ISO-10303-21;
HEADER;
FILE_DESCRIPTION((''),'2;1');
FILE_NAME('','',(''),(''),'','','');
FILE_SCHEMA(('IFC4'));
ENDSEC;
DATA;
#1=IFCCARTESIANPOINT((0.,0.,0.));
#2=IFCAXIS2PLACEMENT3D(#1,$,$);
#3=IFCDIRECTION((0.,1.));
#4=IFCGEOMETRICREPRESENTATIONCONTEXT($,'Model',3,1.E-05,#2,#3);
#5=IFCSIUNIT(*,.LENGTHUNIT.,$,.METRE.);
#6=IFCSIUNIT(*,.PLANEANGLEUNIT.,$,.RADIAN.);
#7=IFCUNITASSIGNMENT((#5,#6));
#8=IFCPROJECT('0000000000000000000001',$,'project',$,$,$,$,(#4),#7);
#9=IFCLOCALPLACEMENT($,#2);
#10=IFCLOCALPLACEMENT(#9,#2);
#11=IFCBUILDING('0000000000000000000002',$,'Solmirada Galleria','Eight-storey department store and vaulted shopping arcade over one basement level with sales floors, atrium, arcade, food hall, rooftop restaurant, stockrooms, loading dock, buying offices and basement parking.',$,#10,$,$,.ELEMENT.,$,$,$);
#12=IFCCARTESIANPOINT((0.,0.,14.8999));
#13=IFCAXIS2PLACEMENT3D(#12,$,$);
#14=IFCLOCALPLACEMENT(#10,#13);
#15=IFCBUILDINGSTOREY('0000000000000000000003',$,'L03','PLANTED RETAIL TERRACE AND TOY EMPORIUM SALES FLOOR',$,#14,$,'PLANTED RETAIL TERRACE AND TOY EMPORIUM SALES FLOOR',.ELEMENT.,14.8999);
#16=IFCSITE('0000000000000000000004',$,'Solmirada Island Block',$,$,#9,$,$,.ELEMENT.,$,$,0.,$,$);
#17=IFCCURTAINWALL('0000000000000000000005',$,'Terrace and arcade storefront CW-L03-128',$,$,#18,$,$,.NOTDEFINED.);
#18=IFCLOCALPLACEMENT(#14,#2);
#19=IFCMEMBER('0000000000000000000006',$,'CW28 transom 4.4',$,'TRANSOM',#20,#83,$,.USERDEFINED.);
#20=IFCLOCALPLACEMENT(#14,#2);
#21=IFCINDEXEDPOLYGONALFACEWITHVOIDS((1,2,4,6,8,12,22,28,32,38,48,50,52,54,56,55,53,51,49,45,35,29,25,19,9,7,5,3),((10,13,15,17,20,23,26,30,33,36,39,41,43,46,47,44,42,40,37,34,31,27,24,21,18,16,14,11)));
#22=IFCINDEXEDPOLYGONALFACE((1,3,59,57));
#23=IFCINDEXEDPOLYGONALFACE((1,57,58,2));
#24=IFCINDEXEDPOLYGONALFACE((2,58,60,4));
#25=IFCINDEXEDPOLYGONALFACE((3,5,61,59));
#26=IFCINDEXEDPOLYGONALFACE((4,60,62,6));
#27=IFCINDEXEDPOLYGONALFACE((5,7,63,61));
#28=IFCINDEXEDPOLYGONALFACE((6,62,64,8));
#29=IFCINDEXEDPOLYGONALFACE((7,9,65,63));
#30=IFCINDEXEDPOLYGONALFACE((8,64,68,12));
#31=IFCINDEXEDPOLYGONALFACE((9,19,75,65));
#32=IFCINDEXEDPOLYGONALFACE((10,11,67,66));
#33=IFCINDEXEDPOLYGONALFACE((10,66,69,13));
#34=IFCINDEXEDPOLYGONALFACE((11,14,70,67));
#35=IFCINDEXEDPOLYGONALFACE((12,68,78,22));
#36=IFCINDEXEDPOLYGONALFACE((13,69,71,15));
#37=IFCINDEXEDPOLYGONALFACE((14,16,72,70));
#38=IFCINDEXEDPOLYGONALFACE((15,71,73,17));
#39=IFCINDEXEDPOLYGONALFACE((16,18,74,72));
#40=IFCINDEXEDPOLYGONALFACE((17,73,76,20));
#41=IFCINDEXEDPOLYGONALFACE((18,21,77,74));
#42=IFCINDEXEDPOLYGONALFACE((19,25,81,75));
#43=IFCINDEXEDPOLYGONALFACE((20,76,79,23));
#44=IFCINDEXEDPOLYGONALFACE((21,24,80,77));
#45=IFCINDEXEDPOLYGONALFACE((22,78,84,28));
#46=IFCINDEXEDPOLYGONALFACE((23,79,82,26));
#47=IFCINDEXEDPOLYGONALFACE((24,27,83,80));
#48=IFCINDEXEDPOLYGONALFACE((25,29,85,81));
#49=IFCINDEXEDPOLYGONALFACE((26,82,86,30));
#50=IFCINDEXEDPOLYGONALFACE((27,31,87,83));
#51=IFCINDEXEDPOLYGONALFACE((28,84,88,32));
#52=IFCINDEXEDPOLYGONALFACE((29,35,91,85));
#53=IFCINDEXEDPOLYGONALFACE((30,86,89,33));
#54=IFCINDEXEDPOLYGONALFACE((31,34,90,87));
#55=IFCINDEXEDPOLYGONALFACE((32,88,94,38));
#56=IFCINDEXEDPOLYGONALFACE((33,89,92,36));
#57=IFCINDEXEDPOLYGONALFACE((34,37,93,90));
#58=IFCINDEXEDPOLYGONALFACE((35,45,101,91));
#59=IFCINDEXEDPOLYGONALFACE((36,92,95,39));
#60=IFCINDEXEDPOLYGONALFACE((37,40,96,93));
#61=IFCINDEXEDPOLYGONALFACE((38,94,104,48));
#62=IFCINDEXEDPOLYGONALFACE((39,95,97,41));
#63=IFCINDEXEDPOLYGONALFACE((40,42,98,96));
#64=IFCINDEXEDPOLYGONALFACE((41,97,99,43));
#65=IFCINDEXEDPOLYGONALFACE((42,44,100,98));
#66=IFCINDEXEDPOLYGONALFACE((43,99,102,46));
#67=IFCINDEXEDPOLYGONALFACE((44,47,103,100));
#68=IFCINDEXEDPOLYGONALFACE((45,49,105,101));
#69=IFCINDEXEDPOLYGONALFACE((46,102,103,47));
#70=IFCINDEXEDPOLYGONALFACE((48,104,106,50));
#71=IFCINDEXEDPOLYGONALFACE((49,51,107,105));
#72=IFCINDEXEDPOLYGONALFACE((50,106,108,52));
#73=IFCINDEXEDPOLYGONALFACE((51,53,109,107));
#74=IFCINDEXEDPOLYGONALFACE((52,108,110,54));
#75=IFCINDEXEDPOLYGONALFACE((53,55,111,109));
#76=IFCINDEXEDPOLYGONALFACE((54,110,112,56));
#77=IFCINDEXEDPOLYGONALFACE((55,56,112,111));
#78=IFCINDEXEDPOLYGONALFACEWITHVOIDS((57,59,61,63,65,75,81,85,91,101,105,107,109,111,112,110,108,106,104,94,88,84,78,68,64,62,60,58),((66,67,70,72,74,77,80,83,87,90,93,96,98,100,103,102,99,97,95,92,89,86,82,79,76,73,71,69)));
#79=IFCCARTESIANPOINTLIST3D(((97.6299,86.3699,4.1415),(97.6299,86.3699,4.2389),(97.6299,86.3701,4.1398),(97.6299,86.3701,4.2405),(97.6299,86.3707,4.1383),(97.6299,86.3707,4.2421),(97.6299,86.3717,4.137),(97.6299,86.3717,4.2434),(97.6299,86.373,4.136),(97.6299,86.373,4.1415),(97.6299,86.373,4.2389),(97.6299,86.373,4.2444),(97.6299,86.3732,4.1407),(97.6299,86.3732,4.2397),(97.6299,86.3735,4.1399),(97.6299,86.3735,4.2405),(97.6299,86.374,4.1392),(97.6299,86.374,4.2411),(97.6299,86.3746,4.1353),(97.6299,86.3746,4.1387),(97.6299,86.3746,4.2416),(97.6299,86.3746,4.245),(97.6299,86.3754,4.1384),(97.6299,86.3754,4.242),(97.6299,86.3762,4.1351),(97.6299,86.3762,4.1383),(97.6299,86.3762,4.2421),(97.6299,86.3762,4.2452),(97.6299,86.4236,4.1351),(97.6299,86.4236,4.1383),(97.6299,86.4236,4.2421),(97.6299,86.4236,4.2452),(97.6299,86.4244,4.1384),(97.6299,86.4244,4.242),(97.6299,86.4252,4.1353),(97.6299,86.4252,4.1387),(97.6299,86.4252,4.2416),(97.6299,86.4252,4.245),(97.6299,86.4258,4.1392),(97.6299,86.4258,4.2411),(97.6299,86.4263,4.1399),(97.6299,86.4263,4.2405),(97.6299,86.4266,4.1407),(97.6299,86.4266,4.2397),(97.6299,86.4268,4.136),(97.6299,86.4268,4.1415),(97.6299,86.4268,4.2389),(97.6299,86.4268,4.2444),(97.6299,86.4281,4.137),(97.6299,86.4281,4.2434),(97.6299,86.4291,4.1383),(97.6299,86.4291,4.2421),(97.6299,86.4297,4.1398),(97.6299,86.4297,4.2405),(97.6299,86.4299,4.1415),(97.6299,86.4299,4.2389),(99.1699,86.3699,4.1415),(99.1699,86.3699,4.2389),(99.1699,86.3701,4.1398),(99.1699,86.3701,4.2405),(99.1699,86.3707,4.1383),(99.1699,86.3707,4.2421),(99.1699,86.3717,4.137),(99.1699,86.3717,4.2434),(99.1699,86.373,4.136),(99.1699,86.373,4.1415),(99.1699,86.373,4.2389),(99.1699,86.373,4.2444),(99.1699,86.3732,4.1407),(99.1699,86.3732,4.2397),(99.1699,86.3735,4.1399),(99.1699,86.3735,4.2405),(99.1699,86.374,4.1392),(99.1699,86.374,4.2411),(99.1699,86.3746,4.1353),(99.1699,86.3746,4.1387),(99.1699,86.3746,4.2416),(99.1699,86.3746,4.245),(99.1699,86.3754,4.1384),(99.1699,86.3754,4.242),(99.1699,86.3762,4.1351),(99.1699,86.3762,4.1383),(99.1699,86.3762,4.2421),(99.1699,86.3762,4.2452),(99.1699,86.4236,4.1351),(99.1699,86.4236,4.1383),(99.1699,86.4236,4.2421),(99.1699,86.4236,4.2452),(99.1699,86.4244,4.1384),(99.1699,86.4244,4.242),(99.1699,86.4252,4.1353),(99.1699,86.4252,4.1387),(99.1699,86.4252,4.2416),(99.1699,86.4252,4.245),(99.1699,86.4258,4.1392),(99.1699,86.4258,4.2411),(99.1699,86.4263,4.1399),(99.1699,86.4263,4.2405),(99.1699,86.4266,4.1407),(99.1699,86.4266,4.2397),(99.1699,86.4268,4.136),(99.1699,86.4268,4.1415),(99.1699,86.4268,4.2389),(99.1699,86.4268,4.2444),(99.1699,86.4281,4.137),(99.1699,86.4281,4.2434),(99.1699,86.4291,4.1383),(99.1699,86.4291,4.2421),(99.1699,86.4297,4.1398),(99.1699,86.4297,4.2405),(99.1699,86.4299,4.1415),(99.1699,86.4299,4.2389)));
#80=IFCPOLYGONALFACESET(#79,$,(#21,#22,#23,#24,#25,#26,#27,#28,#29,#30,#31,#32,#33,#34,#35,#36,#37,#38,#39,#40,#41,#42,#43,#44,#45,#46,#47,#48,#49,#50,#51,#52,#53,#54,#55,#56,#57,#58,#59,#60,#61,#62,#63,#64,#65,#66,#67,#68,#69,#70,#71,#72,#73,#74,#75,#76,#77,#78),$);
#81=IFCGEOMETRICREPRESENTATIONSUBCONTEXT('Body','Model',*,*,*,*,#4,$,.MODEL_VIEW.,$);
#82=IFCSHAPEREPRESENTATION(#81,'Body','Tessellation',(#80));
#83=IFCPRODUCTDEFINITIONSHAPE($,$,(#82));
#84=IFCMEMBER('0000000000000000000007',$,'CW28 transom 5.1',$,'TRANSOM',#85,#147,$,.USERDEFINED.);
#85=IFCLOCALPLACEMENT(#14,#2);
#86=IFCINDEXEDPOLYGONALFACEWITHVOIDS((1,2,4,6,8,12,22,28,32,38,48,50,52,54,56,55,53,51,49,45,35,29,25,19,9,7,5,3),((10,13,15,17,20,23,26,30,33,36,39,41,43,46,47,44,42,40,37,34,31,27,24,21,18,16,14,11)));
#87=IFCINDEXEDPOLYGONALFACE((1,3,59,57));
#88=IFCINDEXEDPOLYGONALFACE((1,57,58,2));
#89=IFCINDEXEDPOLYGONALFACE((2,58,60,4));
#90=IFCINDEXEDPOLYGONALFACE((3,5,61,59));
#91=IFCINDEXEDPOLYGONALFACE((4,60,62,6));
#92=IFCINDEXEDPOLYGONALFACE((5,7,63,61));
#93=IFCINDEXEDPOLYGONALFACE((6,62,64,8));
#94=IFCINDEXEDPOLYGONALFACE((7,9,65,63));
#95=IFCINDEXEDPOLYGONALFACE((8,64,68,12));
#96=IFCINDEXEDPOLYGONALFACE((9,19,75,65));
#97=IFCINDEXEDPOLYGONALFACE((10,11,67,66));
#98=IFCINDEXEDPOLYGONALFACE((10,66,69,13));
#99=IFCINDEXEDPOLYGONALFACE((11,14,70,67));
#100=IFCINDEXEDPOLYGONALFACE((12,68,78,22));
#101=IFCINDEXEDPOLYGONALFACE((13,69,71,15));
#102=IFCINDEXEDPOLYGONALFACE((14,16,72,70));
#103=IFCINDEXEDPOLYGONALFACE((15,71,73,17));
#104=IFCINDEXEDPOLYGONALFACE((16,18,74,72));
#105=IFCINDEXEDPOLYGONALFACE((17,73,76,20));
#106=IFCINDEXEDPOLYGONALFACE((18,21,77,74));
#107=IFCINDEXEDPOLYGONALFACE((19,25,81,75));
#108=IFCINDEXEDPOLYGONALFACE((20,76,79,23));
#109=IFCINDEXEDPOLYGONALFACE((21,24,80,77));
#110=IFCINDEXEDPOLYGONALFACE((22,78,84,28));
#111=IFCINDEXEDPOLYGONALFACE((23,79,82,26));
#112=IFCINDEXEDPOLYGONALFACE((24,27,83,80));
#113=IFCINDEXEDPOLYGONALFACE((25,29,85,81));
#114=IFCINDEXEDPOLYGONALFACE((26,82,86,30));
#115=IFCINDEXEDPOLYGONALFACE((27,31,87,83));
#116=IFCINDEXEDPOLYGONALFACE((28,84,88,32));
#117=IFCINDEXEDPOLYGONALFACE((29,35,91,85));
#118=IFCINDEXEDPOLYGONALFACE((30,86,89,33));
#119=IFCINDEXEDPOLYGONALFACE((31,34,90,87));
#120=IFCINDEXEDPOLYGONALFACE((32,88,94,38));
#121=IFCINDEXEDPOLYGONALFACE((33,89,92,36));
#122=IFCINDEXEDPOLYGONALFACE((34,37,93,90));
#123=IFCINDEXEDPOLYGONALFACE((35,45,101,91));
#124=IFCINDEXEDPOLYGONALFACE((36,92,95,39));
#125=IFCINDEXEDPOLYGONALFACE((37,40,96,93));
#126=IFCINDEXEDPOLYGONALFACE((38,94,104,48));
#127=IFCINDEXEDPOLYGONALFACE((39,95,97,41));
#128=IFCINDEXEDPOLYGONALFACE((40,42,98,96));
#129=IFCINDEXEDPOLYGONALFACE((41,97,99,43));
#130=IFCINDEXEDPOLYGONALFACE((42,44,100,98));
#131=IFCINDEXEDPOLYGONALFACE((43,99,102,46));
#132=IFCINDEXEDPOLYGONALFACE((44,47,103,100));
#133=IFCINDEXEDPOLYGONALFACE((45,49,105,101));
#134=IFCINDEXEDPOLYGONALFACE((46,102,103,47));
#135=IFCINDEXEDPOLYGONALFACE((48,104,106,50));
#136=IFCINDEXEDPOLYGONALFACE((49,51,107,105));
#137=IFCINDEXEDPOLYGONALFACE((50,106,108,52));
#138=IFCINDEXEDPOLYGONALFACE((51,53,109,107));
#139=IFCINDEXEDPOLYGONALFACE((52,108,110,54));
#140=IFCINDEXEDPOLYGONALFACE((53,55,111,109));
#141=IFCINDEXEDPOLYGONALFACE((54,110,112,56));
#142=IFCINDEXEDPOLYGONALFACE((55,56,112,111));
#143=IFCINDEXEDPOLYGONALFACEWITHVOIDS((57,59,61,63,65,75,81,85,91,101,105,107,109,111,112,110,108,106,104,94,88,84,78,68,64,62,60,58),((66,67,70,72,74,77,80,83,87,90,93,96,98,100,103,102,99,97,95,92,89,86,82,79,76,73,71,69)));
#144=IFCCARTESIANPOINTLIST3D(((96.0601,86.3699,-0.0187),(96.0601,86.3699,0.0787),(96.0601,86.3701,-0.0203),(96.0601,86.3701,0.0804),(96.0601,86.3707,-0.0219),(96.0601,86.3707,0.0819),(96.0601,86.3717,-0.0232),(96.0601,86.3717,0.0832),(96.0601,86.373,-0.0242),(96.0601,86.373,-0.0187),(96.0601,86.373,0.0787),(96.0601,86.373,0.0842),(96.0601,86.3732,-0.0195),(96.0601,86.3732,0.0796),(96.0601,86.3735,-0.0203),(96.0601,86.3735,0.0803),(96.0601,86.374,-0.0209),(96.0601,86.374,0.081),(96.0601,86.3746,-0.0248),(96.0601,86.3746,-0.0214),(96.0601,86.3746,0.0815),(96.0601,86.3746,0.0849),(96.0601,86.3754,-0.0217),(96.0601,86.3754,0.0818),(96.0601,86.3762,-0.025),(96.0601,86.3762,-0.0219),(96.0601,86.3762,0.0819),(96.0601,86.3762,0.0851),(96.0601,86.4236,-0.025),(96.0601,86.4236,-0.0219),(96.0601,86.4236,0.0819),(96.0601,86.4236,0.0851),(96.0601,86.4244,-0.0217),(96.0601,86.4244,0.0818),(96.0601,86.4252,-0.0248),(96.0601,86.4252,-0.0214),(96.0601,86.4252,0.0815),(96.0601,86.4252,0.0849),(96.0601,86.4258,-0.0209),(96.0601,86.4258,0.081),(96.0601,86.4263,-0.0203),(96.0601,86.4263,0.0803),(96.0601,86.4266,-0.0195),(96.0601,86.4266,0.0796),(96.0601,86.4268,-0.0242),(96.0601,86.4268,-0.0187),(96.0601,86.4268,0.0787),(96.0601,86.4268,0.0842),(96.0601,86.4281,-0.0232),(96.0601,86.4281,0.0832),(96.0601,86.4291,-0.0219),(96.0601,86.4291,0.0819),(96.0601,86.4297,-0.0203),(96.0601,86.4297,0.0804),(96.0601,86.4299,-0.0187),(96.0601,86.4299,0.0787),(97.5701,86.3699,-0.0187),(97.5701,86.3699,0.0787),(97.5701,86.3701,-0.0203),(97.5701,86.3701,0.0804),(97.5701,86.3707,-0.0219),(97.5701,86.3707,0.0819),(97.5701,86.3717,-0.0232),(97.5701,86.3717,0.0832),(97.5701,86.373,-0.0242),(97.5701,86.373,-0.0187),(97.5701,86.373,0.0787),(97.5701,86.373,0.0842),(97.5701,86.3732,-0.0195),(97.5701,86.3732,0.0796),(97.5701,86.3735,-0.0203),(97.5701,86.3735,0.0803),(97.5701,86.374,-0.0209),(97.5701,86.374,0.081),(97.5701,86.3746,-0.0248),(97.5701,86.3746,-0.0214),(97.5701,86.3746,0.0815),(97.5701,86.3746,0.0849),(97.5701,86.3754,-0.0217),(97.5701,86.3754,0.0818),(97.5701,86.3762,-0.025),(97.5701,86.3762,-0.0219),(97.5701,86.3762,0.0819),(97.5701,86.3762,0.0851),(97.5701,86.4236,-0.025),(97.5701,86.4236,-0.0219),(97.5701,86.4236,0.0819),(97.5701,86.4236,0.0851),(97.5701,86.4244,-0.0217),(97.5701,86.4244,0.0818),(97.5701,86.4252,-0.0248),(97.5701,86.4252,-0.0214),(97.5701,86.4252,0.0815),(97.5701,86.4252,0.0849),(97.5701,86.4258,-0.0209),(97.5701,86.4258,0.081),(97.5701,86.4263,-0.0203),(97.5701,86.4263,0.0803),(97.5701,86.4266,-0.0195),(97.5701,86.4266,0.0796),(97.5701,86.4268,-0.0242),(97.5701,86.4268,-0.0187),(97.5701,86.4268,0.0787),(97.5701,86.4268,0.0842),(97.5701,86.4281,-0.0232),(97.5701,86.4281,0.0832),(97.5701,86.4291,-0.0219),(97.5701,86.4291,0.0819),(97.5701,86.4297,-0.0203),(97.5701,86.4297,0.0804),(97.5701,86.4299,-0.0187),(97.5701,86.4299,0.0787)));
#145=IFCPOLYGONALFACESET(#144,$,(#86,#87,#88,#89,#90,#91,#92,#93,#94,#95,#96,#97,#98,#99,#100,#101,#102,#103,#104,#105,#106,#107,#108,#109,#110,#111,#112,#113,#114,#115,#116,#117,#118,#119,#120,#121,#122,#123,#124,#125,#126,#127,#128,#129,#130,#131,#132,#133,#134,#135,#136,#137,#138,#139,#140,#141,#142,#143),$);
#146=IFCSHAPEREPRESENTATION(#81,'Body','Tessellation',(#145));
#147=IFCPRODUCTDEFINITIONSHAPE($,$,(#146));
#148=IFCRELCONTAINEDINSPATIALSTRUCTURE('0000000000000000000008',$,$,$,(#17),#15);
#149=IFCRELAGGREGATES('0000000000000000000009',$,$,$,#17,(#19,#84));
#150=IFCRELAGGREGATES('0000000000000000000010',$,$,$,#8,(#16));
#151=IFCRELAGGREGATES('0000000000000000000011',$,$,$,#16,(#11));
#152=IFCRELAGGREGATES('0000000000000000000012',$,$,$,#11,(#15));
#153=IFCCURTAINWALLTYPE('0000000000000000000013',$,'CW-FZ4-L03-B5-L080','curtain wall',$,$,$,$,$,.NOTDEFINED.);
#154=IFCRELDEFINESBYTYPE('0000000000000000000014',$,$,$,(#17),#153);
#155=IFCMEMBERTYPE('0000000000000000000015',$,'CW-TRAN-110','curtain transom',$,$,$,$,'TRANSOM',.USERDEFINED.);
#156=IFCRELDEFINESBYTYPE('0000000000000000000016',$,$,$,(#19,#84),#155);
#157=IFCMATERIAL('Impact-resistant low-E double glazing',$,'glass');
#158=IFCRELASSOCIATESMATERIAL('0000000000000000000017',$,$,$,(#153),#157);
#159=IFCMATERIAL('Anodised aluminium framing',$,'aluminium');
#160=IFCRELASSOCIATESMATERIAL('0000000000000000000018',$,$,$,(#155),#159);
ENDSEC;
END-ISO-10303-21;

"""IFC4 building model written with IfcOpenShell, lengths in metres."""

from ifc_helpers import new_model, si_unit, direction, frame, origin, origin_2d, place, context, subcontext, project, spatial, hollow_rectangle, extrude, material, material_profile, profile_set, type_object, element, aggregate, save


model = new_model("IFC4")

# Units and contexts
model_context = context("Model", 3, precision=1e-05, world=origin(), true_north=direction((0.0, 1.0)))
body_context = subcontext(model_context, "Body", "Model", "MODEL_VIEW")
ifc_project = project(units=[si_unit("LENGTHUNIT", "METRE"), si_unit("PLANEANGLEUNIT", "RADIAN")], contexts=[model_context])

# Site, building, storey
site_placement = place(None, origin())
site = spatial("IfcSite", under=ifc_project, at=site_placement, Name="Solmirada Island Block", CompositionType="ELEMENT", RefElevation=0.0)
building_placement = place(site_placement, origin())
building = spatial("IfcBuilding", under=site, at=building_placement, Name="Solmirada Galleria", Description="Eight-storey department store and vaulted shopping arcade over one basement level with sales floors, atrium, arcade, food hall, rooftop restaurant, stockrooms, loading dock, buying offices and basement parking.", CompositionType="ELEMENT")
storey_placement = place(building_placement, frame((0.0, 0.0, 14.8999)))
storey = spatial("IfcBuildingStorey", under=building, at=storey_placement, Name="L03", Description="PLANTED RETAIL TERRACE AND TOY EMPORIUM SALES FLOOR", LongName="PLANTED RETAIL TERRACE AND TOY EMPORIUM SALES FLOOR", CompositionType="ELEMENT", Elevation=14.8999)

# Shared definitions
ifc_material_1 = material(Name="Impact-resistant low-E double glazing", Category="glass")
curtain_wall_type = type_object("IfcCurtainWallType", Name="CW-FZ4-L03-B5-L080", Description="curtain wall", PredefinedType="NOTDEFINED", material=ifc_material_1)
ifc_material_2 = material(Name="Anodised aluminium framing", Category="aluminium")

# Curtain wall
curtain_wall_1_placement = place(storey_placement, origin())
curtain_wall_1 = element("IfcCurtainWall", 1, at=curtain_wall_1_placement, inside=storey, type_object=curtain_wall_type, Name="Terrace and arcade storefront CW-L03-128", PredefinedType="NOTDEFINED")

# Members
ifc_material_profile_1 = material_profile(ifc_material_2, hollow_rectangle(XDim=0.0601, YDim=0.1101, WallThickness=0.0032, InnerFilletRadius=0.0032, OuterFilletRadius=0.0063, at=origin_2d()), Name="ALU-TRAN-110X60")
ifc_profile_set_1 = profile_set([ifc_material_profile_1], Name="Anodised aluminium framing")
member_type_1 = type_object("IfcMemberType", Name="CW-TRAN-110", Description="curtain transom", ElementType="TRANSOM", PredefinedType="USERDEFINED", material=ifc_profile_set_1)
member_1_placement = place(storey_placement, frame((99.1699, 86.3999, 4.1902), z_axis=(-1.0, 0.0, 0.0), x_axis=(0.0, -1.0, 0.0)))
member_1 = element("IfcMember", 2, at=member_1_placement, type_object=member_type_1, Name="CW28 transom 4.4", ObjectType="TRANSOM", PredefinedType="USERDEFINED", context=body_context, shape_type="SweptSolid", body=[
    extrude(hollow_rectangle(XDim=0.0601, YDim=0.1101, WallThickness=0.0032, InnerFilletRadius=0.0032, OuterFilletRadius=0.0063, at=origin_2d()), origin(), (0.0, 0.0, 1.0), 1.54),
])
member_2_placement = place(storey_placement, frame((97.5701, 86.3999, 0.03), z_axis=(-1.0, 0.0, 0.0), x_axis=(0.0, -1.0, 0.0)))
member_2 = element("IfcMember", 3, at=member_2_placement, type_object=member_type_1, Name="CW28 transom 5.1", ObjectType="TRANSOM", PredefinedType="USERDEFINED", context=body_context, shape_type="SweptSolid", body=[
    extrude(hollow_rectangle(XDim=0.0601, YDim=0.1101, WallThickness=0.0032, InnerFilletRadius=0.0032, OuterFilletRadius=0.0063, at=origin_2d()), origin(), (0.0, 0.0, 1.0), 1.51),
])

aggregate(curtain_wall_1, [member_1, member_2])

save(model, "model.ifc")
